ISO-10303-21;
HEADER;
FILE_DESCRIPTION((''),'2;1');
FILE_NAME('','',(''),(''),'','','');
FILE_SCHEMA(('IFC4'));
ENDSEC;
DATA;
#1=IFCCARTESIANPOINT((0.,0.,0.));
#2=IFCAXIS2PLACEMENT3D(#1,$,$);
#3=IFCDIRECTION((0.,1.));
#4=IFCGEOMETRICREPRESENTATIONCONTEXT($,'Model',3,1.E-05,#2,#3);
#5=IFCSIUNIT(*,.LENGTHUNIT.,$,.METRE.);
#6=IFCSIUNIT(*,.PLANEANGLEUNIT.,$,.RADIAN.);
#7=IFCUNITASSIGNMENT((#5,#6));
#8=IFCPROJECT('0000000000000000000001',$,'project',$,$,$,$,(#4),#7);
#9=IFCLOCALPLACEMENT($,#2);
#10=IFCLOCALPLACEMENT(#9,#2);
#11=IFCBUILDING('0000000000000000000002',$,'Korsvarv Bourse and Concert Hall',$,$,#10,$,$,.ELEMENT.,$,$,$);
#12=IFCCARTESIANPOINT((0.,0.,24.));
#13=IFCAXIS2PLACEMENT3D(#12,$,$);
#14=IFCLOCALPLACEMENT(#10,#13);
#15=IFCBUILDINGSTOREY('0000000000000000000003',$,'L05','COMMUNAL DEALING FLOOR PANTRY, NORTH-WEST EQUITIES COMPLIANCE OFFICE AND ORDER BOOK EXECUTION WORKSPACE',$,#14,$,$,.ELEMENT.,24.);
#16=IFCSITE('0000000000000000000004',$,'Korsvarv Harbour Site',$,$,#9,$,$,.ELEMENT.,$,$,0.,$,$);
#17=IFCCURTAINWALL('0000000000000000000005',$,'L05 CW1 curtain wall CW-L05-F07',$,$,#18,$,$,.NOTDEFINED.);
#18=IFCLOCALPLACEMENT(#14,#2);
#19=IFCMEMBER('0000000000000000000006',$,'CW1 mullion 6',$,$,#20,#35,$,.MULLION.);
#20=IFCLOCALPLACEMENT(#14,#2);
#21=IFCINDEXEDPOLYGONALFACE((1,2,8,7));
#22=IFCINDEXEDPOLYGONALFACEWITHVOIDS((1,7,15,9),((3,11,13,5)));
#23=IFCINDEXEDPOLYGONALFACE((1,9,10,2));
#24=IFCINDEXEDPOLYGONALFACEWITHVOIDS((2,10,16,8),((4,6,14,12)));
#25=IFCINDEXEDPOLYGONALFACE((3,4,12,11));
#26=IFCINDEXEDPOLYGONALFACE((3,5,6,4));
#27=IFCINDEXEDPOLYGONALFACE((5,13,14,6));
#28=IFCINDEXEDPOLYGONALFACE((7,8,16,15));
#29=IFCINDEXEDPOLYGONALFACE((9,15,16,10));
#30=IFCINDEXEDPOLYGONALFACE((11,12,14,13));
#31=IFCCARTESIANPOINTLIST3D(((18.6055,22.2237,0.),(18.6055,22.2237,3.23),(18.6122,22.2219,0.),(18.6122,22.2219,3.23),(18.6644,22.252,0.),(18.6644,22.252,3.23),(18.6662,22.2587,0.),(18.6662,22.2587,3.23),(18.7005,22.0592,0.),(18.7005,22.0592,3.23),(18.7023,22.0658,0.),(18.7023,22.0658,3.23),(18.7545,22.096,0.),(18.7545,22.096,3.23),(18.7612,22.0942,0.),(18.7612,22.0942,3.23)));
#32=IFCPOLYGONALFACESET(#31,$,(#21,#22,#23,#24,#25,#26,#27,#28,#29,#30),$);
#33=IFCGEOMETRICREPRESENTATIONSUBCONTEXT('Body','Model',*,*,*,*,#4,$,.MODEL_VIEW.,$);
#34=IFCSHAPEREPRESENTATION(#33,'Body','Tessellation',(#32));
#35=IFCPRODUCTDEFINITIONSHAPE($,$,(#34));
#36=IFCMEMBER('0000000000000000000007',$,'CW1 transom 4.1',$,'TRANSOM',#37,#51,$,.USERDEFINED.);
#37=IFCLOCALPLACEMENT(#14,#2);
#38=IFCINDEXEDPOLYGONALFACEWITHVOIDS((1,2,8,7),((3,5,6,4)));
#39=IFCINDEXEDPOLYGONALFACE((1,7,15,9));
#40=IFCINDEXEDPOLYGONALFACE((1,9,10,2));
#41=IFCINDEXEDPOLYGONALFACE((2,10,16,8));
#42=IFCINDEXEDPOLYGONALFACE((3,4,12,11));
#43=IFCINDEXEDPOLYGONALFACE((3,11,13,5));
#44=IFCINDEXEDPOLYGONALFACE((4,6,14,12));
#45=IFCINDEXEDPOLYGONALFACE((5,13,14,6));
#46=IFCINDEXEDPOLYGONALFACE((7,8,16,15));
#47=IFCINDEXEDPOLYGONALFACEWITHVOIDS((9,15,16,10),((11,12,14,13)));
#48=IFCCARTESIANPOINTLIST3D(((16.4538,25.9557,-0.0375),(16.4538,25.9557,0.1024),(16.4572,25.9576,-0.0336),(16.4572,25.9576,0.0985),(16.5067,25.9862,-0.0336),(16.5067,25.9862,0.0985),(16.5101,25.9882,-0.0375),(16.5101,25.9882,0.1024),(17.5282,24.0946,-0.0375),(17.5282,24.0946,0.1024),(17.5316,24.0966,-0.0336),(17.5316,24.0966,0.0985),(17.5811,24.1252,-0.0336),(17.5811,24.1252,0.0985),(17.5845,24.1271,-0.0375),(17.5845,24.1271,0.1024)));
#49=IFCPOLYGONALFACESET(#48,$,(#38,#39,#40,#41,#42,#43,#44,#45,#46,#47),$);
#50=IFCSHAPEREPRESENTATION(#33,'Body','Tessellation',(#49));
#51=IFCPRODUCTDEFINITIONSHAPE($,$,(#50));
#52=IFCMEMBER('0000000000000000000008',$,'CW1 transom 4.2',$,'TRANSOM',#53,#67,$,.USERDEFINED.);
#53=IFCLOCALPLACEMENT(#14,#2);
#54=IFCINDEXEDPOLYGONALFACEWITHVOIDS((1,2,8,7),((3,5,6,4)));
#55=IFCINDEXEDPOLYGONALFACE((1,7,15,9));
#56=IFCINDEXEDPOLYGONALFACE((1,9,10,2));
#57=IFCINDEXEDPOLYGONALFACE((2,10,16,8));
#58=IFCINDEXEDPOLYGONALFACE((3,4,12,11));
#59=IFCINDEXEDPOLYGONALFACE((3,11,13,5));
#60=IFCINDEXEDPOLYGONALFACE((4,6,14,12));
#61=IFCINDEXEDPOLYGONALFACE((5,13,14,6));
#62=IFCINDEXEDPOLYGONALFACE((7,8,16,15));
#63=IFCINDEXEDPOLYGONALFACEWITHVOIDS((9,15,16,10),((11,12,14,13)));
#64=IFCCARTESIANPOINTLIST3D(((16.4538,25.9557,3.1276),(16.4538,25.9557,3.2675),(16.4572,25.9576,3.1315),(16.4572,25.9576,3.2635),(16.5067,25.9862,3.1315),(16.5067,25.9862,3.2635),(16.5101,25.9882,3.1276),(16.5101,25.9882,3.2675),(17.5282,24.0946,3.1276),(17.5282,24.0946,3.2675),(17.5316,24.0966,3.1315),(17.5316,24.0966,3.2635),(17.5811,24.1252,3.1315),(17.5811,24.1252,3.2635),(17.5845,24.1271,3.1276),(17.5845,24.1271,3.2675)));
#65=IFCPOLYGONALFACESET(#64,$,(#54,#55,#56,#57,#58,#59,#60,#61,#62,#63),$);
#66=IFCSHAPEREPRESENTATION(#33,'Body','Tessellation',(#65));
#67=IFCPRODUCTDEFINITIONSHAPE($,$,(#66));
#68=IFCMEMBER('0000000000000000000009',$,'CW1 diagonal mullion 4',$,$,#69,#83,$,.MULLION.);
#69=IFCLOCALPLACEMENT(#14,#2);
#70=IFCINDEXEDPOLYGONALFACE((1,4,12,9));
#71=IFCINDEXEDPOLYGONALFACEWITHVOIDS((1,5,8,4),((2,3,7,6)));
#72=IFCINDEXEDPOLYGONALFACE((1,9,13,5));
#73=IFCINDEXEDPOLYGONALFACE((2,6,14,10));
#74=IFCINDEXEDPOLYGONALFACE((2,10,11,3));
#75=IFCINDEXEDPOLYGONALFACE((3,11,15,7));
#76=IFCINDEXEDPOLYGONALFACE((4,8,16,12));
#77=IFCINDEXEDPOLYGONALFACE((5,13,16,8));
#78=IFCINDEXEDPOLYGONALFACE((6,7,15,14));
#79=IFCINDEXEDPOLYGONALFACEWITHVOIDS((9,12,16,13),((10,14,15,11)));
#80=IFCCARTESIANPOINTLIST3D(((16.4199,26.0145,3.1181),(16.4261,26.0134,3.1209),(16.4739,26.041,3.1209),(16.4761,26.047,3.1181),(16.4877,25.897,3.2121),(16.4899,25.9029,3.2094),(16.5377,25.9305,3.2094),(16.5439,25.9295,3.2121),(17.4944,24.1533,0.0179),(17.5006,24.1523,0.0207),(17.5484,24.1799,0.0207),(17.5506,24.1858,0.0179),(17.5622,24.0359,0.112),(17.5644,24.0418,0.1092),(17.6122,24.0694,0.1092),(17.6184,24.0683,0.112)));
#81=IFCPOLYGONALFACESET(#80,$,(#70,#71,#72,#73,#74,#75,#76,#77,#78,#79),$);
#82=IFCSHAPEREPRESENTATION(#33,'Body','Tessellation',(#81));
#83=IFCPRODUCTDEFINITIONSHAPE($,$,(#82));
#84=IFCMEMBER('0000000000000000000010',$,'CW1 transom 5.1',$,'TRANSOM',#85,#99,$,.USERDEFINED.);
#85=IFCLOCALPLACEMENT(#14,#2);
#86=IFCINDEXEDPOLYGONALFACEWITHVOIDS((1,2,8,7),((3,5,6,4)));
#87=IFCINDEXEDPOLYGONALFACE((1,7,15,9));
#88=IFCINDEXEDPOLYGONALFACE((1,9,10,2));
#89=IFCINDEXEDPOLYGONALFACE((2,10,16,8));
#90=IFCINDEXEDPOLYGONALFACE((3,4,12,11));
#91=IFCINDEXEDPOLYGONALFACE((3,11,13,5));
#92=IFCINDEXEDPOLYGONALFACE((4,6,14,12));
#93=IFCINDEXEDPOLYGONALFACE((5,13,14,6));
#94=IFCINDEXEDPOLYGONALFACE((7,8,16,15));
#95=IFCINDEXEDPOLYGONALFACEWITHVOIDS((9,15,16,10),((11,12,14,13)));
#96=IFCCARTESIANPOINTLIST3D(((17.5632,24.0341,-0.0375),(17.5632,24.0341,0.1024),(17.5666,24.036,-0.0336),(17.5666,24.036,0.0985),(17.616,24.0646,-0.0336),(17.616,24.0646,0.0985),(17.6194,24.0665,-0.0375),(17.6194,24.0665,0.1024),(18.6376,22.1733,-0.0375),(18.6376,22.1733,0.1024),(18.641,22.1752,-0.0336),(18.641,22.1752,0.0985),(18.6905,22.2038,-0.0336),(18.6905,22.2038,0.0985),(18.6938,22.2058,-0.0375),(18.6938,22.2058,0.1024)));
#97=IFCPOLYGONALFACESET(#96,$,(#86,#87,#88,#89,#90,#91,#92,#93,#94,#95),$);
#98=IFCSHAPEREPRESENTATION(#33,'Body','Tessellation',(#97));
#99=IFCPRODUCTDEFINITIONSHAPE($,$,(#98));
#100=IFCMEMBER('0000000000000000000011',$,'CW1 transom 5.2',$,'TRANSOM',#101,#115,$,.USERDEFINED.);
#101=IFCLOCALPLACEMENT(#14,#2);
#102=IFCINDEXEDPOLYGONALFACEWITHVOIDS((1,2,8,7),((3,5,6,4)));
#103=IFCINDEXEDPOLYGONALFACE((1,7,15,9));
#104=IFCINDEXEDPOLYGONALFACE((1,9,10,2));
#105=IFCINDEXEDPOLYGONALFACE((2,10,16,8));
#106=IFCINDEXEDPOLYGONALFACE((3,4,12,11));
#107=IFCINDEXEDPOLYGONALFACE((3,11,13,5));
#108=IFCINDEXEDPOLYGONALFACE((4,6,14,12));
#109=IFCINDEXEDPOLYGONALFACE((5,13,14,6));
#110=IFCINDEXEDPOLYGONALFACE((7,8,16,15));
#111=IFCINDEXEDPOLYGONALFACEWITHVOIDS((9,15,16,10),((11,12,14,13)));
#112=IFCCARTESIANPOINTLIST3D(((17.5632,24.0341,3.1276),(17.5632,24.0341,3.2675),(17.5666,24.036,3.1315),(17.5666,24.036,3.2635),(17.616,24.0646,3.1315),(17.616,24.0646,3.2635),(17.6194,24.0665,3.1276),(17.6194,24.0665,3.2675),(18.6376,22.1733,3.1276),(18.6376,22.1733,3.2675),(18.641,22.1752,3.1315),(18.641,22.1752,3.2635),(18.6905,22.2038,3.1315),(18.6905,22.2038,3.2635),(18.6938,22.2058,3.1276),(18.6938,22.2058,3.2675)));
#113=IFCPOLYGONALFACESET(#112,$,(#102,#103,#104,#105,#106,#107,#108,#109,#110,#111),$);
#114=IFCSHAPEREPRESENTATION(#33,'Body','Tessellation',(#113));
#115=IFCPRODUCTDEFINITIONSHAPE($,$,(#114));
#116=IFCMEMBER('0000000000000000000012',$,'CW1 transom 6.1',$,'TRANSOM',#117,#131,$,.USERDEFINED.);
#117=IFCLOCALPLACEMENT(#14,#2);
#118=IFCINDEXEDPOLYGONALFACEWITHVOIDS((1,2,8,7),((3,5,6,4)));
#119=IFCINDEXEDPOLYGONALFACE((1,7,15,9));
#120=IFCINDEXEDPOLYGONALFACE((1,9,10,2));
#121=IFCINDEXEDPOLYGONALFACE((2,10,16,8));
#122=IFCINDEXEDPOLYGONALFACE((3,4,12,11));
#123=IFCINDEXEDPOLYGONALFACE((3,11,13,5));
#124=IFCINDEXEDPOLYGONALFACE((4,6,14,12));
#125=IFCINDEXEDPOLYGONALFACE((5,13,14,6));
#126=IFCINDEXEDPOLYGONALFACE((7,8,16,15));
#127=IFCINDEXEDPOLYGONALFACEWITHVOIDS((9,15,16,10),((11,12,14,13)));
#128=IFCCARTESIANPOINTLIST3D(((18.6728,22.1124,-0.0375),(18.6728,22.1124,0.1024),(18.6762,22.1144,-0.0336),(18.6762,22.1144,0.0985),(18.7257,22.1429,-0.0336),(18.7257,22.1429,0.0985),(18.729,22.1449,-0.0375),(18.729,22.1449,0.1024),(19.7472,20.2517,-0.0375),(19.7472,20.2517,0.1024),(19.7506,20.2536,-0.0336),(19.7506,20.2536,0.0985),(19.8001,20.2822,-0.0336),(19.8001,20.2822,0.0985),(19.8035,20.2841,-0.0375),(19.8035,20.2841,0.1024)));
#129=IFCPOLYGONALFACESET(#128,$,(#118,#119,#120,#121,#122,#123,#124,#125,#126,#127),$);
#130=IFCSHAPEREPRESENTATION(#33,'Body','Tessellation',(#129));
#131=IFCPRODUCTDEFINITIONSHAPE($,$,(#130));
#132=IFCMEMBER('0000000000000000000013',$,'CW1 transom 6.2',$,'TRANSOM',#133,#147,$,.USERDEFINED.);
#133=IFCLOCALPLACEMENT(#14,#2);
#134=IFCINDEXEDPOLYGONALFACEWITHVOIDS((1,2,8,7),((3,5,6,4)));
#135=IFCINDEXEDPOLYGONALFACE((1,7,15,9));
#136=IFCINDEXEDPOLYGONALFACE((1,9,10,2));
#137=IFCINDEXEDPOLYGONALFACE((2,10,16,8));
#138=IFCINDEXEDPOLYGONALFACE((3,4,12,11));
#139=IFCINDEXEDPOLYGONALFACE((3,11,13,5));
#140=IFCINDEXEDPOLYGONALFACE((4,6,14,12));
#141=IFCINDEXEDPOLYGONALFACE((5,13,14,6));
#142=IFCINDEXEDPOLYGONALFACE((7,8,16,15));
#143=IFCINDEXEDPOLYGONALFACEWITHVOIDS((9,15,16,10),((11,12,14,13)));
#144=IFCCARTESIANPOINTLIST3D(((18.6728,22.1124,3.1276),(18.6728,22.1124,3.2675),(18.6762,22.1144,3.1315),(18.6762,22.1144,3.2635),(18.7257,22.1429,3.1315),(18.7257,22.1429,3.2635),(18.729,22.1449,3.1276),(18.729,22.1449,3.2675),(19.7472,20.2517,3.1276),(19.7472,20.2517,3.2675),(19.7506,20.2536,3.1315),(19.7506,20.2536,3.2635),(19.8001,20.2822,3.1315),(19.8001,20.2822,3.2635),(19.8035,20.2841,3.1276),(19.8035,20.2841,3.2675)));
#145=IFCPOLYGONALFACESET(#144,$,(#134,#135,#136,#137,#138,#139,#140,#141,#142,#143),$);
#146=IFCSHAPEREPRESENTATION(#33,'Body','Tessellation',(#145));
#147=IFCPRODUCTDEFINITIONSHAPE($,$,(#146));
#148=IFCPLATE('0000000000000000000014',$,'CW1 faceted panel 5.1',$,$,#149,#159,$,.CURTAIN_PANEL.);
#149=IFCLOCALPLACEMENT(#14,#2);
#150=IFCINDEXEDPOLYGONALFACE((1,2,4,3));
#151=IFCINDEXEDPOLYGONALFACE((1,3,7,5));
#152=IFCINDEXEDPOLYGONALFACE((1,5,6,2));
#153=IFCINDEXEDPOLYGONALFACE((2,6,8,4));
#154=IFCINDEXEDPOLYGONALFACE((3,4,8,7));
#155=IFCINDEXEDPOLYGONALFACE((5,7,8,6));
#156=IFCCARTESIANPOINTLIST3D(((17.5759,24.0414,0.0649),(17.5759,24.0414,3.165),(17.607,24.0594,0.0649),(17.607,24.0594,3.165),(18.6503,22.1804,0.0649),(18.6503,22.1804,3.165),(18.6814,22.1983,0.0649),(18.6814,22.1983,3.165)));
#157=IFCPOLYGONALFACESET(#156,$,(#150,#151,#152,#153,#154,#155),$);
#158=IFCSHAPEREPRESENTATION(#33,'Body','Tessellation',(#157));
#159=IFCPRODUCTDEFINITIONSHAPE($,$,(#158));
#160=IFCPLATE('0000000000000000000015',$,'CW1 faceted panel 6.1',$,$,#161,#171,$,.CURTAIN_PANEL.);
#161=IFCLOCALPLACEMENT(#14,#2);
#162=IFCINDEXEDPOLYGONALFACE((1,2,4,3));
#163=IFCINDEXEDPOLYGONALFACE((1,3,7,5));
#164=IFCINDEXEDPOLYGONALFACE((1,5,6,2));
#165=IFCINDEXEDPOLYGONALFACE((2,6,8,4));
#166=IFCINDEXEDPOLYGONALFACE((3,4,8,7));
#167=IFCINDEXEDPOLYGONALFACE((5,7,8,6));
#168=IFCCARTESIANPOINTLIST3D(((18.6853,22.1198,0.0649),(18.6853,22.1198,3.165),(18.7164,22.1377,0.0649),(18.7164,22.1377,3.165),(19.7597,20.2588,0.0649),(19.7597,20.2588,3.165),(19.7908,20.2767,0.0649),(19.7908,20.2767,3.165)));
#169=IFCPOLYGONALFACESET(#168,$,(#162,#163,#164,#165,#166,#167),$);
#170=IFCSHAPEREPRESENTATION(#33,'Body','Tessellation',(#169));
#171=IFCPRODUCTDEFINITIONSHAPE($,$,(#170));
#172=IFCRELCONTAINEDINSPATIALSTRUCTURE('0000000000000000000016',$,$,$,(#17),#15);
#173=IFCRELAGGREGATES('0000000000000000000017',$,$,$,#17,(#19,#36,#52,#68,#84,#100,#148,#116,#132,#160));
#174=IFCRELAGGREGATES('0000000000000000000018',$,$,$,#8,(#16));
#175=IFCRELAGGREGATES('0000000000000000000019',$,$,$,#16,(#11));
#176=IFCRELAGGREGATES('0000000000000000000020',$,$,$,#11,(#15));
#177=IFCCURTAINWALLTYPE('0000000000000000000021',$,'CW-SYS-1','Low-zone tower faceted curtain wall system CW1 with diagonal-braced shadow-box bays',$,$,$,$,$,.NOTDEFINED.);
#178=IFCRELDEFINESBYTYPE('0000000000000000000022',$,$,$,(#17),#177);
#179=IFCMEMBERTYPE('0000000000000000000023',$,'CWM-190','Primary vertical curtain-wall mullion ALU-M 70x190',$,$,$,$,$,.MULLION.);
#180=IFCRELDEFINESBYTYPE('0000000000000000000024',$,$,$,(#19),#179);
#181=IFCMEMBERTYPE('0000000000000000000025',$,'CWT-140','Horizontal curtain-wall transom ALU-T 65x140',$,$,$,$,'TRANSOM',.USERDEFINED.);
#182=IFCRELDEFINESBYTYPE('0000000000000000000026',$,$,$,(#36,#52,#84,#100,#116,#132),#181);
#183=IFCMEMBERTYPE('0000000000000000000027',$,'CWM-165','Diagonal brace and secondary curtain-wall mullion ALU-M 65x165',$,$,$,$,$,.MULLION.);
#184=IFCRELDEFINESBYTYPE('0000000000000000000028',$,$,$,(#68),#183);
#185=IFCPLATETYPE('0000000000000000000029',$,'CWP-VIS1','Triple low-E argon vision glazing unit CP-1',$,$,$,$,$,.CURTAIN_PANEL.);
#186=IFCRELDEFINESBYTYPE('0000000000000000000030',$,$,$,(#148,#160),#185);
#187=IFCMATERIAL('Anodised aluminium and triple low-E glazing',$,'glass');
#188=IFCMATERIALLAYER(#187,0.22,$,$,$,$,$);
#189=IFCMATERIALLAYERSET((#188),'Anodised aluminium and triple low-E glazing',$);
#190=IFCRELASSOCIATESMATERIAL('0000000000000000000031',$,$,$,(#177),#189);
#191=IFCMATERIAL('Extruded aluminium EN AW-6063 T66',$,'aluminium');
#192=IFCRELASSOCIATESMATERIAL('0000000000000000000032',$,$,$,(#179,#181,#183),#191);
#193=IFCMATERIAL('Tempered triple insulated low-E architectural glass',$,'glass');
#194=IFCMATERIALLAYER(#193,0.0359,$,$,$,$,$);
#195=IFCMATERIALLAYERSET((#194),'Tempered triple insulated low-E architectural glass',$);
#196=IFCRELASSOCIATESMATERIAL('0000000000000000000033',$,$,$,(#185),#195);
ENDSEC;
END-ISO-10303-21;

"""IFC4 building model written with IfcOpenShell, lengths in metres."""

from ifc_helpers import new_model, si_unit, direction, frame, origin, origin_2d, place, context, subcontext, project, spatial, rectangle, hollow_rectangle, extrude, source, transform, mapped, material, layer, layer_set, material_profile, profile_set, type_object, element, aggregate, save


model = new_model("IFC4")

# Units and contexts
model_context = context("Model", 3, precision=1e-05, world=origin(), true_north=direction((0.0, 1.0)))
body_context = subcontext(model_context, "Body", "Model", "MODEL_VIEW")
ifc_project = project(units=[si_unit("LENGTHUNIT", "METRE"), si_unit("PLANEANGLEUNIT", "RADIAN")], contexts=[model_context])

# Site, building, storey
site_placement = place(None, origin())
site = spatial("IfcSite", under=ifc_project, at=site_placement, Name="Korsvarv Harbour Site", CompositionType="ELEMENT", RefElevation=0.0)
building_placement = place(site_placement, origin())
building = spatial("IfcBuilding", under=site, at=building_placement, Name="Korsvarv Bourse and Concert Hall", CompositionType="ELEMENT")
storey_placement = place(building_placement, frame((0.0, 0.0, 24.0)))
storey = spatial("IfcBuildingStorey", under=building, at=storey_placement, Name="L05", Description="COMMUNAL DEALING FLOOR PANTRY, NORTH-WEST EQUITIES COMPLIANCE OFFICE AND ORDER BOOK EXECUTION WORKSPACE", CompositionType="ELEMENT", Elevation=24.0)

# Curtain wall, members, plates
ifc_material_1 = material(Name="Anodised aluminium and triple low-E glazing", Category="glass")
ifc_layer_1 = layer(ifc_material_1, 0.22)
ifc_layer_set_1 = layer_set([ifc_layer_1], Name="Anodised aluminium and triple low-E glazing")
curtain_wall_type = type_object("IfcCurtainWallType", Name="CW-SYS-1", Description="Low-zone tower faceted curtain wall system CW1 with diagonal-braced shadow-box bays", PredefinedType="NOTDEFINED", material=ifc_layer_set_1)
curtain_wall_placement = place(storey_placement, origin())
curtain_wall = element("IfcCurtainWall", 1, at=curtain_wall_placement, inside=storey, type_object=curtain_wall_type, Name="L05 CW1 curtain wall CW-L05-F07", PredefinedType="NOTDEFINED")
ifc_material_2 = material(Name="Extruded aluminium EN AW-6063 T66", Category="aluminium")
ifc_material_profile_1 = material_profile(ifc_material_2, hollow_rectangle(XDim=0.0701, YDim=0.1899, WallThickness=0.0049, at=origin_2d()), Name="ALU-M 70x190")
ifc_profile_set_1 = profile_set([ifc_material_profile_1], Name="Extruded aluminium EN AW-6063 T66")
member_type_1 = type_object("IfcMemberType", Name="CWM-190", Description="Primary vertical curtain-wall mullion ALU-M 70x190", PredefinedType="MULLION", material=ifc_profile_set_1)
shared_shape_1 = source(origin(), body_context, "Body", "SweptSolid", [
    extrude(hollow_rectangle(XDim=0.0701, YDim=0.1899, WallThickness=0.0049, at=origin_2d()), origin(), (0.0, 0.0, 1.0), 3.23),
])
member_1_placement = place(storey_placement, frame((18.6833, 22.1589, 0.0), z_axis=(0.0, 0.0, 1.0), x_axis=(0.866029, 0.499995, 0.0)))
member_1 = element("IfcMember", 2, at=member_1_placement, type_object=member_type_1, Name="CW1 mullion 6", PredefinedType="MULLION", context=body_context, shape_type="MappedRepresentation", body=[
    mapped(shared_shape_1, transform((0.0, 0.0, 0.0), scale=1.0)),
])
ifc_material_profile_2 = material_profile(ifc_material_2, hollow_rectangle(XDim=0.0649, YDim=0.1399, WallThickness=0.0039, at=origin_2d()), Name="ALU-T 65x140")
ifc_profile_set_2 = profile_set([ifc_material_profile_2], Name="Extruded aluminium EN AW-6063 T66")
member_type_2 = type_object("IfcMemberType", Name="CWT-140", Description="Horizontal curtain-wall transom ALU-T 65x140", ElementType="TRANSOM", PredefinedType="USERDEFINED", material=ifc_profile_set_2)
shared_shape_2 = source(origin(), body_context, "Body", "SweptSolid", [
    extrude(hollow_rectangle(XDim=0.0649, YDim=0.1399, WallThickness=0.0039, at=origin_2d()), origin(), (0.0, 0.0, 1.0), 2.1489),
])
member_2_placement = place(storey_placement, frame((16.4819, 25.9719, 0.0325), z_axis=(0.499988, -0.866032, 0.0), x_axis=(0.866032, 0.499988, 0.0)))
member_2 = element("IfcMember", 3, at=member_2_placement, type_object=member_type_2, Name="CW1 transom 4.1", ObjectType="TRANSOM", PredefinedType="USERDEFINED", context=body_context, shape_type="MappedRepresentation", body=[
    mapped(shared_shape_2, transform((0.0, 0.0, 0.0), scale=1.0)),
])
member_3_placement = place(storey_placement, frame((16.4819, 25.9719, 3.1975), z_axis=(0.499988, -0.866032, 0.0), x_axis=(0.866032, 0.499988, 0.0)))
member_3 = element("IfcMember", 4, at=member_3_placement, type_object=member_type_2, Name="CW1 transom 4.2", ObjectType="TRANSOM", PredefinedType="USERDEFINED", context=body_context, shape_type="MappedRepresentation", body=[
    mapped(shared_shape_2, transform((0.0, 0.0, 0.0), scale=1.0)),
])
ifc_material_profile_3 = material_profile(ifc_material_2, hollow_rectangle(XDim=0.0649, YDim=0.165, WallThickness=0.0049, at=origin_2d()), Name="ALU-M 65x165")
ifc_profile_set_3 = profile_set([ifc_material_profile_3], Name="Extruded aluminium EN AW-6063 T66")
member_type_3 = type_object("IfcMemberType", Name="CWM-165", Description="Diagonal brace and secondary curtain-wall mullion ALU-M 65x165", PredefinedType="MULLION", material=ifc_profile_set_3)
shared_shape_3 = source(origin(), body_context, "Body", "SweptSolid", [
    extrude(hollow_rectangle(XDim=0.0649, YDim=0.165, WallThickness=0.0049, at=origin_2d()), origin(), (0.0, 0.0, 1.0), 3.7722),
])
member_4_placement = place(storey_placement, frame((17.5564, 24.1108, 0.0649), z_axis=(-0.284845, 0.493382, 0.82185), x_axis=(-0.866032, -0.499988, 0.0)))
member_4 = element("IfcMember", 5, at=member_4_placement, type_object=member_type_3, Name="CW1 diagonal mullion 4", PredefinedType="MULLION", context=body_context, shape_type="MappedRepresentation", body=[
    mapped(shared_shape_3, transform((0.0, 0.0, 0.0), scale=1.0)),
])
shared_shape_4 = source(origin(), body_context, "Body", "SweptSolid", [
    extrude(hollow_rectangle(XDim=0.0649, YDim=0.1399, WallThickness=0.0039, at=origin_2d()), origin(), (0.0, 0.0, 1.0), 2.1487),
])
member_5_placement = place(storey_placement, frame((17.5913, 24.0503, 0.0325), z_axis=(0.500037, -0.866004, 0.0), x_axis=(0.866004, 0.500037, 0.0)))
member_5 = element("IfcMember", 6, at=member_5_placement, type_object=member_type_2, Name="CW1 transom 5.1", ObjectType="TRANSOM", PredefinedType="USERDEFINED", context=body_context, shape_type="MappedRepresentation", body=[
    mapped(shared_shape_4, transform((0.0, 0.0, 0.0), scale=1.0)),
])
member_6_placement = place(storey_placement, frame((17.5913, 24.0503, 3.1975), z_axis=(0.500037, -0.866004, 0.0), x_axis=(0.866004, 0.500037, 0.0)))
member_6 = element("IfcMember", 7, at=member_6_placement, type_object=member_type_2, Name="CW1 transom 5.2", ObjectType="TRANSOM", PredefinedType="USERDEFINED", context=body_context, shape_type="MappedRepresentation", body=[
    mapped(shared_shape_4, transform((0.0, 0.0, 0.0), scale=1.0)),
])
member_7_placement = place(storey_placement, frame((18.7009, 22.1287, 0.0325), z_axis=(0.500037, -0.866004, 0.0), x_axis=(0.866004, 0.500037, 0.0)))
member_7 = element("IfcMember", 8, at=member_7_placement, type_object=member_type_2, Name="CW1 transom 6.1", ObjectType="TRANSOM", PredefinedType="USERDEFINED", context=body_context, shape_type="MappedRepresentation", body=[
    mapped(shared_shape_4, transform((0.0, 0.0, 0.0), scale=1.0)),
])
member_8_placement = place(storey_placement, frame((18.7009, 22.1287, 3.1975), z_axis=(0.500037, -0.866004, 0.0), x_axis=(0.866004, 0.500037, 0.0)))
member_8 = element("IfcMember", 9, at=member_8_placement, type_object=member_type_2, Name="CW1 transom 6.2", ObjectType="TRANSOM", PredefinedType="USERDEFINED", context=body_context, shape_type="MappedRepresentation", body=[
    mapped(shared_shape_4, transform((0.0, 0.0, 0.0), scale=1.0)),
])
ifc_material_3 = material(Name="Tempered triple insulated low-E architectural glass", Category="glass")
ifc_layer_2 = layer(ifc_material_3, 0.0359)
ifc_layer_set_2 = layer_set([ifc_layer_2], Name="Tempered triple insulated low-E architectural glass")
plate_type_1 = type_object("IfcPlateType", Name="CWP-VIS1", Description="Triple low-E argon vision glazing unit CP-1", PredefinedType="CURTAIN_PANEL", material=ifc_layer_set_2)
shared_shape_5 = source(origin(), body_context, "Body", "SweptSolid", [
    extrude(rectangle(XDim=2.1489, YDim=0.0359, at=origin_2d()), origin(), (0.0, 0.0, 1.0), 3.1001),
])
plate_1_placement = place(storey_placement, frame((18.1287, 23.1199, 0.0649), z_axis=(0.0, 0.0, 1.0), x_axis=(0.499995, -0.866029, 0.0)))
plate_1 = element("IfcPlate", 10, at=plate_1_placement, type_object=plate_type_1, Name="CW1 faceted panel 5.1", PredefinedType="CURTAIN_PANEL", context=body_context, shape_type="MappedRepresentation", body=[
    mapped(shared_shape_5, transform((0.0, 0.0, 0.0), scale=1.0)),
])
plate_2_placement = place(storey_placement, frame((19.238, 21.1982, 0.0649), z_axis=(0.0, 0.0, 1.0), x_axis=(0.499995, -0.866029, 0.0)))
plate_2 = element("IfcPlate", 11, at=plate_2_placement, type_object=plate_type_1, Name="CW1 faceted panel 6.1", PredefinedType="CURTAIN_PANEL", context=body_context, shape_type="MappedRepresentation", body=[
    mapped(shared_shape_5, transform((0.0, 0.0, 0.0), scale=1.0)),
])
aggregate(curtain_wall, [member_1, member_2, member_3, member_4, member_5, member_6, plate_1, member_7, member_8, plate_2])

save(model, "model.ifc")
